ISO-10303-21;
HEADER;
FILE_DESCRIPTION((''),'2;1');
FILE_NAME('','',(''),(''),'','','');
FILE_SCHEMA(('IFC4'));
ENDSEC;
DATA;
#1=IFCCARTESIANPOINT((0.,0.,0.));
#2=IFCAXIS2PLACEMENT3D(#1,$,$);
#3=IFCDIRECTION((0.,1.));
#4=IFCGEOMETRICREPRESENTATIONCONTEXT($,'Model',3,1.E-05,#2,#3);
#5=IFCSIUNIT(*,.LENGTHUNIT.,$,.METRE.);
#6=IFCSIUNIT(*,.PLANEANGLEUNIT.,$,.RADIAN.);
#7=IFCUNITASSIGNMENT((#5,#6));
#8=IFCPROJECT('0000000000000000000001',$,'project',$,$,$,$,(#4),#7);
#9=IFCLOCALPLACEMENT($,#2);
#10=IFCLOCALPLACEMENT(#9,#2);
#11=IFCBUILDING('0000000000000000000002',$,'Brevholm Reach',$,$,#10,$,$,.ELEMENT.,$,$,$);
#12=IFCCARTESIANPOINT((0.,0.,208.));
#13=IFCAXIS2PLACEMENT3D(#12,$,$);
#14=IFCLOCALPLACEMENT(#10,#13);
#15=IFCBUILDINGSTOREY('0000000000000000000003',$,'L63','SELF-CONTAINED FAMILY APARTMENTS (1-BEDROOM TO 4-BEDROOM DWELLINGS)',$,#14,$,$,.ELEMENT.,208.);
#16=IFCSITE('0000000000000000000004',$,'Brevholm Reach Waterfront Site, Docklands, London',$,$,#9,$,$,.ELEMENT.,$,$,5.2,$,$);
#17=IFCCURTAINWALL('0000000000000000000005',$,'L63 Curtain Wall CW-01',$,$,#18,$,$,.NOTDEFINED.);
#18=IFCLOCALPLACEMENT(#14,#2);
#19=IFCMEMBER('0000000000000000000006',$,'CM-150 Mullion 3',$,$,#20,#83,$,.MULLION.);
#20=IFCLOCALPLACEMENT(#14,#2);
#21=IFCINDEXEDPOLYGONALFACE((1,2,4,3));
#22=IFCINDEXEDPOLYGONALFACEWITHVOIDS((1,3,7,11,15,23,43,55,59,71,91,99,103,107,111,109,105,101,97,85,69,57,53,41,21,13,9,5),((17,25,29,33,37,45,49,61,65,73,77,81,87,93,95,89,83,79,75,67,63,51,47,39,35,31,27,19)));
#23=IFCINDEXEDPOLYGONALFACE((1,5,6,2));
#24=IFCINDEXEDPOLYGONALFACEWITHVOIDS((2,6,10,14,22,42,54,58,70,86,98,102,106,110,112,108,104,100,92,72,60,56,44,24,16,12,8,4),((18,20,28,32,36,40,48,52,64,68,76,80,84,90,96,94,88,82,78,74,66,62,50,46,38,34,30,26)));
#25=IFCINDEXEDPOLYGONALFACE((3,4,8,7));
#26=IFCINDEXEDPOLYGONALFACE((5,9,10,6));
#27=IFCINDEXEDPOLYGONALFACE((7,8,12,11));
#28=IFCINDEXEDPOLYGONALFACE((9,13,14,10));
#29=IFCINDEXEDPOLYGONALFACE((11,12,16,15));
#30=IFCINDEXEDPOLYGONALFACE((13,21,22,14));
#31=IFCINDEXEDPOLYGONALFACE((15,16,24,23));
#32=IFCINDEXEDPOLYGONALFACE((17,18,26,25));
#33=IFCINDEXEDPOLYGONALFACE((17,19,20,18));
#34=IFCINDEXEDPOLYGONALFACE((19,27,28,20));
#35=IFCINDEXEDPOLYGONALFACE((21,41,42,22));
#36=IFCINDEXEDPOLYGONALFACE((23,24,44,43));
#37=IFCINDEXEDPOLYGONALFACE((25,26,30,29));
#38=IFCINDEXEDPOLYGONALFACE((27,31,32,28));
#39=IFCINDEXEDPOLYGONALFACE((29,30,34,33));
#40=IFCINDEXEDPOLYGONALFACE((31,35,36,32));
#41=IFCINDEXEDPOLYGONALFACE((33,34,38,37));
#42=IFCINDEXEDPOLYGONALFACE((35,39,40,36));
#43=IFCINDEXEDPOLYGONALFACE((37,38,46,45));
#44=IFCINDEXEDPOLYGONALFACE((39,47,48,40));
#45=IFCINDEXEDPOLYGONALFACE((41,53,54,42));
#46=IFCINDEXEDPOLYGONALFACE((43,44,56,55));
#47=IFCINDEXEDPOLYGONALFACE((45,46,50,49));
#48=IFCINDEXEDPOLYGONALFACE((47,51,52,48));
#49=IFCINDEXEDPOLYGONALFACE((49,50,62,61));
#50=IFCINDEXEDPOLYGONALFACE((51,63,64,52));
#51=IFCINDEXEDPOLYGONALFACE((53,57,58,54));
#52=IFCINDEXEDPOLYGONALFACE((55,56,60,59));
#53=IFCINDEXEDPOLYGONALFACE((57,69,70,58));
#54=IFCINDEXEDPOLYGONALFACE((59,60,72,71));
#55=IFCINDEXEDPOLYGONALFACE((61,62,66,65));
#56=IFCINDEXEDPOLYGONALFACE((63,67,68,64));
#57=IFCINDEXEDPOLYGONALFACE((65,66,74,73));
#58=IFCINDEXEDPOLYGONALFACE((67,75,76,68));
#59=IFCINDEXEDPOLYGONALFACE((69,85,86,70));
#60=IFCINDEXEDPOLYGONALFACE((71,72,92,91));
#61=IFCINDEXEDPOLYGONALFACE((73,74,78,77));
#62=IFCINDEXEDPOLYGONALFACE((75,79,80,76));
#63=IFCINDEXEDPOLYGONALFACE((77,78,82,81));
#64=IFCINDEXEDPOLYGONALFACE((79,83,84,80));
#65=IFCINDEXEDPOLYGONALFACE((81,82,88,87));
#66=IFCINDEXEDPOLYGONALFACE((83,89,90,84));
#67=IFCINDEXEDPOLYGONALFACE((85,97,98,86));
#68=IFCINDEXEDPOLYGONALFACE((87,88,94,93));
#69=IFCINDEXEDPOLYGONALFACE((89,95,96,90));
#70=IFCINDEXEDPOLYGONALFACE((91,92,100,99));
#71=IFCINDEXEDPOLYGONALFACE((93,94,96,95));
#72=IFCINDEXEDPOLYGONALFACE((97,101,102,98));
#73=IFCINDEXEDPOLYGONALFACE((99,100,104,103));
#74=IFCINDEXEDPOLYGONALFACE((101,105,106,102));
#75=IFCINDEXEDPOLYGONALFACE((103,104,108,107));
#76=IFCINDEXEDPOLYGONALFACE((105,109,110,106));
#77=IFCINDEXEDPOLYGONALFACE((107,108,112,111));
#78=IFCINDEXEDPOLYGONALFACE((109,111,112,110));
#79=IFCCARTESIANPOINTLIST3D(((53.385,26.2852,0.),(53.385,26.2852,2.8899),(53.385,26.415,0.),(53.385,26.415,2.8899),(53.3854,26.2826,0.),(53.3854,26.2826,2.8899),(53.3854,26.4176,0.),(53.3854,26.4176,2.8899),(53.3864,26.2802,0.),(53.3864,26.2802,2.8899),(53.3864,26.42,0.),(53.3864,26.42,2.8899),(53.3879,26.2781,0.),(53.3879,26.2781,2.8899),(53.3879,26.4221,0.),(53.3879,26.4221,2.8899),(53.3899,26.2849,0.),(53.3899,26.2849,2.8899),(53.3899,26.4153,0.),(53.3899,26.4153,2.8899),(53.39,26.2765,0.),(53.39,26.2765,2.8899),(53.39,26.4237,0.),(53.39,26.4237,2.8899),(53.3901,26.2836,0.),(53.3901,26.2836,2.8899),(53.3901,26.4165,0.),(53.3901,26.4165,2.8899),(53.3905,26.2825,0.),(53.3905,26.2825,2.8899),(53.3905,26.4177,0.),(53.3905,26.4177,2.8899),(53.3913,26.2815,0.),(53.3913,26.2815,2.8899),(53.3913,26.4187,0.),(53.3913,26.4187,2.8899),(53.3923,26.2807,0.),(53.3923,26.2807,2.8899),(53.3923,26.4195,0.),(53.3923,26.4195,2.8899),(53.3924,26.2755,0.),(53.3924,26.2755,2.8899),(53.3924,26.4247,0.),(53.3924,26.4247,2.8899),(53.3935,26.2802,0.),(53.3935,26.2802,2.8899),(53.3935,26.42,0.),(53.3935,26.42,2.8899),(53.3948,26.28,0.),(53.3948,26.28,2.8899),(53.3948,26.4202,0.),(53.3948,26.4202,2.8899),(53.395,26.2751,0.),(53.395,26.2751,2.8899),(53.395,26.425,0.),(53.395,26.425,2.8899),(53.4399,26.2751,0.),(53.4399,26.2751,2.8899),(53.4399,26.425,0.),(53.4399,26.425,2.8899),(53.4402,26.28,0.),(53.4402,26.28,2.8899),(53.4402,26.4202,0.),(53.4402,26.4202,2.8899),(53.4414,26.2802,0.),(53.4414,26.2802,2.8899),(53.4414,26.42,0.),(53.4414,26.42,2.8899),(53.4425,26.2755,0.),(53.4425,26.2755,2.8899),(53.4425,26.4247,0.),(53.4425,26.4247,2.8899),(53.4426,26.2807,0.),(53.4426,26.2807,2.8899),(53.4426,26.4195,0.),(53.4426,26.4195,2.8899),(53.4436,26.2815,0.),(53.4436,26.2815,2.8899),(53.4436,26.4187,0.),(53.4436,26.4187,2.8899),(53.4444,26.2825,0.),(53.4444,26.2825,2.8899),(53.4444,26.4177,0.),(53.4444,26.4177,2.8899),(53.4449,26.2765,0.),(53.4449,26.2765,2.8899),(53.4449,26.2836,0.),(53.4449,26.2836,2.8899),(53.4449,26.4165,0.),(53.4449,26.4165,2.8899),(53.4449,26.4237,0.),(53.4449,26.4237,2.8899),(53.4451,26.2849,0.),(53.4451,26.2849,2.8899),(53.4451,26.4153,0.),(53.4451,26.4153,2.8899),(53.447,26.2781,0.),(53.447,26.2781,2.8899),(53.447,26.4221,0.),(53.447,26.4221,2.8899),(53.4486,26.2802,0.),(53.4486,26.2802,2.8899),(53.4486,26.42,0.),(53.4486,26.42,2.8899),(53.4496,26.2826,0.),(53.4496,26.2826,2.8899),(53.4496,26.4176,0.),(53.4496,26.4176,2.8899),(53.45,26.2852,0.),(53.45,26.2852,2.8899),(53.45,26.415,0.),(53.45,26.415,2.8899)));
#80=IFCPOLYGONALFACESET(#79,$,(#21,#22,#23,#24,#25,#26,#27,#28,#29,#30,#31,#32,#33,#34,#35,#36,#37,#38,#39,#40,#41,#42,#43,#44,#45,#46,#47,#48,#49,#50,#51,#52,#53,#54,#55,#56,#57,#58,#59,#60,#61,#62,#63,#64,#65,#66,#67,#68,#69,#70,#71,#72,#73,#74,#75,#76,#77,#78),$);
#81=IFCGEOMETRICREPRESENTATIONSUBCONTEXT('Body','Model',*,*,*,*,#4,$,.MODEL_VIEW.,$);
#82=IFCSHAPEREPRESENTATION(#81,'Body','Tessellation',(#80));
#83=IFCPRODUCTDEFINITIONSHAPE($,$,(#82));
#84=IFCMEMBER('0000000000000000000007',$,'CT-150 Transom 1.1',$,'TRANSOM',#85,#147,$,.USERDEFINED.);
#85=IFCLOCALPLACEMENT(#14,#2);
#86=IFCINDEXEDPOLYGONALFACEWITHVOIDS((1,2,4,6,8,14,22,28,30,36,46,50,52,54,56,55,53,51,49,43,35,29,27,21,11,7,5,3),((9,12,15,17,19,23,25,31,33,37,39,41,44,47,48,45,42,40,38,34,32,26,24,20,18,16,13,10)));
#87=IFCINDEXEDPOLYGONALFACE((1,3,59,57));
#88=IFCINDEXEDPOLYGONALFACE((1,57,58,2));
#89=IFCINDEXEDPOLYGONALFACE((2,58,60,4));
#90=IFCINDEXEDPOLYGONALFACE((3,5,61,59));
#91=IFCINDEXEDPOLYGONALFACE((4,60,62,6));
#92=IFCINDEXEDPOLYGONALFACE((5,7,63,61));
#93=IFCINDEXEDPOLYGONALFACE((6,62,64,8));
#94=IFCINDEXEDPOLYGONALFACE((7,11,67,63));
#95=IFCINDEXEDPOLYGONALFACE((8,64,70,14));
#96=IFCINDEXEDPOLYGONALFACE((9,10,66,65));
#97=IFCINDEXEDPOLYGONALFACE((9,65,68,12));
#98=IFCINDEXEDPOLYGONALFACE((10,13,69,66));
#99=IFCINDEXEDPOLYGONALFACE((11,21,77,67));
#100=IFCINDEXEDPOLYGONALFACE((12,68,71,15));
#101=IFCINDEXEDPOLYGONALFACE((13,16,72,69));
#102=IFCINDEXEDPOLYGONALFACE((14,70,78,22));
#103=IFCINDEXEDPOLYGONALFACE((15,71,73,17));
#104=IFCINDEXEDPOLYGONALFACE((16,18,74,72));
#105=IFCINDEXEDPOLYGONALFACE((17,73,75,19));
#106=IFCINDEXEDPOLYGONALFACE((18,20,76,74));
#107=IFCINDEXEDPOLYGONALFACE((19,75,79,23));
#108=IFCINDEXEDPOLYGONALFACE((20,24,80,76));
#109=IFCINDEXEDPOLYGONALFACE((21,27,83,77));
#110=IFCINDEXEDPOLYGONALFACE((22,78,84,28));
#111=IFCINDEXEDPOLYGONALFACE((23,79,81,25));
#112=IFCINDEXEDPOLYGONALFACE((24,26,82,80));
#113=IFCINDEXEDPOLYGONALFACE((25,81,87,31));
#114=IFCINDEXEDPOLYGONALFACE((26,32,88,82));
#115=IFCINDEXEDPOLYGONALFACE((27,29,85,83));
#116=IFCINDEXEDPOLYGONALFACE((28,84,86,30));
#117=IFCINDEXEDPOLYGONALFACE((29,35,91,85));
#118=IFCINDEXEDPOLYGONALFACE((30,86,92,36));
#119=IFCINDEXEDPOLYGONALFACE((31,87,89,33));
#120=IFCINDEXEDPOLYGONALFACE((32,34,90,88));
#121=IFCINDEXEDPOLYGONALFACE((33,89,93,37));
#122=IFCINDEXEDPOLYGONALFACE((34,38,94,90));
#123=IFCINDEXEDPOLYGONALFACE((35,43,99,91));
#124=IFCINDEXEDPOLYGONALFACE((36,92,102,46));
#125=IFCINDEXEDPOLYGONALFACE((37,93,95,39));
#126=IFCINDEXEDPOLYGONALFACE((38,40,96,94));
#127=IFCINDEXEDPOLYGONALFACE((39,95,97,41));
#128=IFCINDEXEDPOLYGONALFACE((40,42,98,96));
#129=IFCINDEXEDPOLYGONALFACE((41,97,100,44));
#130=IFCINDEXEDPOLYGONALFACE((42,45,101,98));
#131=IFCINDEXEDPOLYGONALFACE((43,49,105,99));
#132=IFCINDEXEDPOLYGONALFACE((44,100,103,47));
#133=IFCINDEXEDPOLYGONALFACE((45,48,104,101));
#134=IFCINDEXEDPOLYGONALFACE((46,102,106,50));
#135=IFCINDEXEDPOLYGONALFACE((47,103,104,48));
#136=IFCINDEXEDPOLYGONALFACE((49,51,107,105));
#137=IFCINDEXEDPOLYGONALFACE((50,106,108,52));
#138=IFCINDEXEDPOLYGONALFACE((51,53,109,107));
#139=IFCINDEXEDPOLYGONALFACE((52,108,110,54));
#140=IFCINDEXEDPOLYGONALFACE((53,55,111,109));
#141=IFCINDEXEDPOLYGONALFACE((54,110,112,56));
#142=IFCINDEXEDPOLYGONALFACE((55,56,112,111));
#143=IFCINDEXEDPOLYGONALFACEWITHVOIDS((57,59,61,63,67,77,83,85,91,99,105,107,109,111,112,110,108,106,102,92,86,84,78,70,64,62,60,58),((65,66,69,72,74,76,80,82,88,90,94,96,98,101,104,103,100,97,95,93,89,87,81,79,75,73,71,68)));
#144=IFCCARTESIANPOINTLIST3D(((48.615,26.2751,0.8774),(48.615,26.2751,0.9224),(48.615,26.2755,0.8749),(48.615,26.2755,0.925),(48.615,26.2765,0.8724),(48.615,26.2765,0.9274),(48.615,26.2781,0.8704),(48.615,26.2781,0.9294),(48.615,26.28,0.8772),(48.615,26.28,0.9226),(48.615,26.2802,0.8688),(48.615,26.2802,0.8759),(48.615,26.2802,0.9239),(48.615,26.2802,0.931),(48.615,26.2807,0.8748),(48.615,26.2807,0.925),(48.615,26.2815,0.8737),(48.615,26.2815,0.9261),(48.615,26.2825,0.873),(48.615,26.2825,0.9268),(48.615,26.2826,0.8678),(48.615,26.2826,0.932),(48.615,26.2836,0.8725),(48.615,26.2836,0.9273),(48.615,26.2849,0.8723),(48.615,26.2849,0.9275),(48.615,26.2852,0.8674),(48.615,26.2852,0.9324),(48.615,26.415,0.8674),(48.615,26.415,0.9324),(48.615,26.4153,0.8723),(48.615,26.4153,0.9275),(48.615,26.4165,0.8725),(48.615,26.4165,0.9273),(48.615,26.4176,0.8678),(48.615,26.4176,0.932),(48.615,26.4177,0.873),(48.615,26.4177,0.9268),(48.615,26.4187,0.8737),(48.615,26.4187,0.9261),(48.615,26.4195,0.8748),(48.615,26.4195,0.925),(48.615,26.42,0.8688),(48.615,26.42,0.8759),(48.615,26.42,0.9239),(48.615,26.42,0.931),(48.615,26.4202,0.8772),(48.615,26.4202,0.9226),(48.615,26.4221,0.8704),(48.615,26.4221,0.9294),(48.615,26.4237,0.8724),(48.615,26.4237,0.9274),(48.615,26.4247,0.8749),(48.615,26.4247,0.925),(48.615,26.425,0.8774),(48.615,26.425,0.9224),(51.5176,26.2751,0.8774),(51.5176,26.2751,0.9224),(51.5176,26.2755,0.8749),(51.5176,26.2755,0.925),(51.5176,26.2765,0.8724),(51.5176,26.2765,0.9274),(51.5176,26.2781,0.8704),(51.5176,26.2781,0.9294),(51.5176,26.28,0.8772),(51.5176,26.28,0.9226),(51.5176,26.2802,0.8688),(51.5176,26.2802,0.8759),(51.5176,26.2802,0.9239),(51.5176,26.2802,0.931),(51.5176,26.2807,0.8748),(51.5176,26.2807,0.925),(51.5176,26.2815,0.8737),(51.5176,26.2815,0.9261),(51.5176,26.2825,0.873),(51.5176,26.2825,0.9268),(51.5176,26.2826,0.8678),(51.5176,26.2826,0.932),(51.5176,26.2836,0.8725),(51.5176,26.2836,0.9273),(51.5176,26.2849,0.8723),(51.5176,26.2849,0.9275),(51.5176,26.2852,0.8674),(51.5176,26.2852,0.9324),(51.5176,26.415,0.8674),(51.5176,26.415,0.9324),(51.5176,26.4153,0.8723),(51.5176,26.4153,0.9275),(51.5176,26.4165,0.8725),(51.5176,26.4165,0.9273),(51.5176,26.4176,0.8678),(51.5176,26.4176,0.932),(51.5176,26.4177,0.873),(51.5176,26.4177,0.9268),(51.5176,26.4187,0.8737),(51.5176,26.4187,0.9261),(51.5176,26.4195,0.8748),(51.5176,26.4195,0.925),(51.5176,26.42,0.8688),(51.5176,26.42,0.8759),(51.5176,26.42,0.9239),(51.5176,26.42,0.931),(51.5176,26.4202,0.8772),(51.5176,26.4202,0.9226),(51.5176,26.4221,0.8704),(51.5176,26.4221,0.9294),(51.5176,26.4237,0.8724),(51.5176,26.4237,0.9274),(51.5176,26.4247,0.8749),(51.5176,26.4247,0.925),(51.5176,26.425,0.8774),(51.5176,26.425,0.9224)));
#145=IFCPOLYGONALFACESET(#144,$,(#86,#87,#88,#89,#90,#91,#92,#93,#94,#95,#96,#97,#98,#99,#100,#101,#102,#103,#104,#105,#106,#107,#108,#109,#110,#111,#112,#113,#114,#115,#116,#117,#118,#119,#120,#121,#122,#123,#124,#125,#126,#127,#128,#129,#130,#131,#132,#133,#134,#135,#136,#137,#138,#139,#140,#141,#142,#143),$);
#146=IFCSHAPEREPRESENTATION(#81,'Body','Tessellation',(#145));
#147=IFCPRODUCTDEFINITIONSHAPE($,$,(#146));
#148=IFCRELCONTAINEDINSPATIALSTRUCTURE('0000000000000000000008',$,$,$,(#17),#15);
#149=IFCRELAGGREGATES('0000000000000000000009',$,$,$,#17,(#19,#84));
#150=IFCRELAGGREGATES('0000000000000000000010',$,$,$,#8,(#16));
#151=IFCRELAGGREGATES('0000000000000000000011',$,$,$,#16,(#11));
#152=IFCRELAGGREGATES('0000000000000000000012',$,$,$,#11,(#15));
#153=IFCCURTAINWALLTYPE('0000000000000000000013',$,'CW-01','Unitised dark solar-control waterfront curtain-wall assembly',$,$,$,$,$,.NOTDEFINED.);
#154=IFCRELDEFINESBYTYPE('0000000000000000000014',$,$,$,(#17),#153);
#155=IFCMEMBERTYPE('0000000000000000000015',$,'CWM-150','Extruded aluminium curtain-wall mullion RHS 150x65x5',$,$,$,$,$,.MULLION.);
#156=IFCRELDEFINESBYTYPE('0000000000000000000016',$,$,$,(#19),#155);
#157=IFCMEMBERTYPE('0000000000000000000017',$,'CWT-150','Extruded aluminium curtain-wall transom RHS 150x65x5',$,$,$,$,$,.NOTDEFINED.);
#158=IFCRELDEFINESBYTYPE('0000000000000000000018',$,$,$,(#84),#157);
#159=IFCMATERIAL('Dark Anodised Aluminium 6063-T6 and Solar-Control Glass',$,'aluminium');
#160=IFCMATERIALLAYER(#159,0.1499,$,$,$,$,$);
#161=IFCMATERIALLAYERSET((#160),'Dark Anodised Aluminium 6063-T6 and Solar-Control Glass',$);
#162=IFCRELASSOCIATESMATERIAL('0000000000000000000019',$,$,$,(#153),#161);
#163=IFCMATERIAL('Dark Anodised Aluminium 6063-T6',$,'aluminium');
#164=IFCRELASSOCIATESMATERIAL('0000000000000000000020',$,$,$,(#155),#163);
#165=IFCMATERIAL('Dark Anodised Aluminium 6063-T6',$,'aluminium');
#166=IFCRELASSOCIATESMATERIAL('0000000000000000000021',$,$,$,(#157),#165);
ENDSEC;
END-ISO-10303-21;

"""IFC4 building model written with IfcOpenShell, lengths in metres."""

from ifc_helpers import new_model, si_unit, direction, frame, origin, origin_2d, place, context, subcontext, project, spatial, hollow_rectangle, extrude, material, layer, layer_set, material_profile, profile_set, type_object, element, aggregate, save


model = new_model("IFC4")

# Units and contexts
model_context = context("Model", 3, precision=1e-05, world=origin(), true_north=direction((0.0, 1.0)))
body_context = subcontext(model_context, "Body", "Model", "MODEL_VIEW")
ifc_project = project(units=[si_unit("LENGTHUNIT", "METRE"), si_unit("PLANEANGLEUNIT", "RADIAN")], contexts=[model_context])

# Site, building, storey
site_placement = place(None, origin())
site = spatial("IfcSite", under=ifc_project, at=site_placement, Name="Brevholm Reach Waterfront Site, Docklands, London", CompositionType="ELEMENT", RefElevation=5.2)
building_placement = place(site_placement, origin())
building = spatial("IfcBuilding", under=site, at=building_placement, Name="Brevholm Reach", CompositionType="ELEMENT")
storey_placement = place(building_placement, frame((0.0, 0.0, 208.0)))
storey = spatial("IfcBuildingStorey", under=building, at=storey_placement, Name="L63", Description="SELF-CONTAINED FAMILY APARTMENTS (1-BEDROOM TO 4-BEDROOM DWELLINGS)", CompositionType="ELEMENT", Elevation=208.0)

# Curtain wall, members
ifc_material_1 = material(Name="Dark Anodised Aluminium 6063-T6 and Solar-Control Glass", Category="aluminium")
ifc_layer_1 = layer(ifc_material_1, 0.1499)
ifc_layer_set_1 = layer_set([ifc_layer_1], Name="Dark Anodised Aluminium 6063-T6 and Solar-Control Glass")
curtain_wall_type = type_object("IfcCurtainWallType", Name="CW-01", Description="Unitised dark solar-control waterfront curtain-wall assembly", PredefinedType="NOTDEFINED", material=ifc_layer_set_1)
curtain_wall_placement = place(storey_placement, origin())
curtain_wall = element("IfcCurtainWall", 1, at=curtain_wall_placement, inside=storey, type_object=curtain_wall_type, Name="L63 Curtain Wall CW-01", PredefinedType="NOTDEFINED")
ifc_material_2 = material(Name="Dark Anodised Aluminium 6063-T6", Category="aluminium")
ifc_material_profile_1 = material_profile(ifc_material_2, hollow_rectangle(XDim=0.0649, YDim=0.1499, WallThickness=0.0049, InnerFilletRadius=0.0049, OuterFilletRadius=0.01, at=origin_2d()), Name="RHS 150x65x5")
ifc_profile_set_1 = profile_set([ifc_material_profile_1], Name="Dark Anodised Aluminium 6063-T6")
member_type_1 = type_object("IfcMemberType", Name="CWM-150", Description="Extruded aluminium curtain-wall mullion RHS 150x65x5", PredefinedType="MULLION", material=ifc_profile_set_1)
member_1_placement = place(storey_placement, frame((53.4175, 26.3501, 0.0), z_axis=(0.0, 0.0, 1.0), x_axis=(1.0, 0.0, 0.0)))
member_1 = element("IfcMember", 2, at=member_1_placement, type_object=member_type_1, Name="CM-150 Mullion 3", PredefinedType="MULLION", context=body_context, shape_type="SweptSolid", body=[
    extrude(hollow_rectangle(XDim=0.0649, YDim=0.1499, WallThickness=0.0049, InnerFilletRadius=0.0049, OuterFilletRadius=0.01, at=origin_2d()), origin(), (0.0, 0.0, 1.0), 2.8899),
])
ifc_material_3 = material(Name="Dark Anodised Aluminium 6063-T6", Category="aluminium")
ifc_material_profile_2 = material_profile(ifc_material_3, hollow_rectangle(XDim=0.0649, YDim=0.1499, WallThickness=0.0049, InnerFilletRadius=0.0049, OuterFilletRadius=0.01, at=origin_2d()), Name="RHS 150x65x5")
ifc_profile_set_2 = profile_set([ifc_material_profile_2], Name="Dark Anodised Aluminium 6063-T6")
member_type_2 = type_object("IfcMemberType", Name="CWT-150", Description="Extruded aluminium curtain-wall transom RHS 150x65x5", PredefinedType="NOTDEFINED", material=ifc_profile_set_2)
member_2_placement = place(storey_placement, frame((48.615, 26.3501, 0.8999), z_axis=(1.0, 0.0, 0.0), x_axis=(0.0, 0.0, 1.0)))
member_2 = element("IfcMember", 3, at=member_2_placement, type_object=member_type_2, Name="CT-150 Transom 1.1", ObjectType="TRANSOM", PredefinedType="USERDEFINED", context=body_context, shape_type="SweptSolid", body=[
    extrude(hollow_rectangle(XDim=0.0649, YDim=0.1499, WallThickness=0.0049, InnerFilletRadius=0.0049, OuterFilletRadius=0.01, at=origin_2d()), origin(), (0.0, 0.0, 1.0), 2.9026),
])
aggregate(curtain_wall, [member_1, member_2])

save(model, "model.ifc")
